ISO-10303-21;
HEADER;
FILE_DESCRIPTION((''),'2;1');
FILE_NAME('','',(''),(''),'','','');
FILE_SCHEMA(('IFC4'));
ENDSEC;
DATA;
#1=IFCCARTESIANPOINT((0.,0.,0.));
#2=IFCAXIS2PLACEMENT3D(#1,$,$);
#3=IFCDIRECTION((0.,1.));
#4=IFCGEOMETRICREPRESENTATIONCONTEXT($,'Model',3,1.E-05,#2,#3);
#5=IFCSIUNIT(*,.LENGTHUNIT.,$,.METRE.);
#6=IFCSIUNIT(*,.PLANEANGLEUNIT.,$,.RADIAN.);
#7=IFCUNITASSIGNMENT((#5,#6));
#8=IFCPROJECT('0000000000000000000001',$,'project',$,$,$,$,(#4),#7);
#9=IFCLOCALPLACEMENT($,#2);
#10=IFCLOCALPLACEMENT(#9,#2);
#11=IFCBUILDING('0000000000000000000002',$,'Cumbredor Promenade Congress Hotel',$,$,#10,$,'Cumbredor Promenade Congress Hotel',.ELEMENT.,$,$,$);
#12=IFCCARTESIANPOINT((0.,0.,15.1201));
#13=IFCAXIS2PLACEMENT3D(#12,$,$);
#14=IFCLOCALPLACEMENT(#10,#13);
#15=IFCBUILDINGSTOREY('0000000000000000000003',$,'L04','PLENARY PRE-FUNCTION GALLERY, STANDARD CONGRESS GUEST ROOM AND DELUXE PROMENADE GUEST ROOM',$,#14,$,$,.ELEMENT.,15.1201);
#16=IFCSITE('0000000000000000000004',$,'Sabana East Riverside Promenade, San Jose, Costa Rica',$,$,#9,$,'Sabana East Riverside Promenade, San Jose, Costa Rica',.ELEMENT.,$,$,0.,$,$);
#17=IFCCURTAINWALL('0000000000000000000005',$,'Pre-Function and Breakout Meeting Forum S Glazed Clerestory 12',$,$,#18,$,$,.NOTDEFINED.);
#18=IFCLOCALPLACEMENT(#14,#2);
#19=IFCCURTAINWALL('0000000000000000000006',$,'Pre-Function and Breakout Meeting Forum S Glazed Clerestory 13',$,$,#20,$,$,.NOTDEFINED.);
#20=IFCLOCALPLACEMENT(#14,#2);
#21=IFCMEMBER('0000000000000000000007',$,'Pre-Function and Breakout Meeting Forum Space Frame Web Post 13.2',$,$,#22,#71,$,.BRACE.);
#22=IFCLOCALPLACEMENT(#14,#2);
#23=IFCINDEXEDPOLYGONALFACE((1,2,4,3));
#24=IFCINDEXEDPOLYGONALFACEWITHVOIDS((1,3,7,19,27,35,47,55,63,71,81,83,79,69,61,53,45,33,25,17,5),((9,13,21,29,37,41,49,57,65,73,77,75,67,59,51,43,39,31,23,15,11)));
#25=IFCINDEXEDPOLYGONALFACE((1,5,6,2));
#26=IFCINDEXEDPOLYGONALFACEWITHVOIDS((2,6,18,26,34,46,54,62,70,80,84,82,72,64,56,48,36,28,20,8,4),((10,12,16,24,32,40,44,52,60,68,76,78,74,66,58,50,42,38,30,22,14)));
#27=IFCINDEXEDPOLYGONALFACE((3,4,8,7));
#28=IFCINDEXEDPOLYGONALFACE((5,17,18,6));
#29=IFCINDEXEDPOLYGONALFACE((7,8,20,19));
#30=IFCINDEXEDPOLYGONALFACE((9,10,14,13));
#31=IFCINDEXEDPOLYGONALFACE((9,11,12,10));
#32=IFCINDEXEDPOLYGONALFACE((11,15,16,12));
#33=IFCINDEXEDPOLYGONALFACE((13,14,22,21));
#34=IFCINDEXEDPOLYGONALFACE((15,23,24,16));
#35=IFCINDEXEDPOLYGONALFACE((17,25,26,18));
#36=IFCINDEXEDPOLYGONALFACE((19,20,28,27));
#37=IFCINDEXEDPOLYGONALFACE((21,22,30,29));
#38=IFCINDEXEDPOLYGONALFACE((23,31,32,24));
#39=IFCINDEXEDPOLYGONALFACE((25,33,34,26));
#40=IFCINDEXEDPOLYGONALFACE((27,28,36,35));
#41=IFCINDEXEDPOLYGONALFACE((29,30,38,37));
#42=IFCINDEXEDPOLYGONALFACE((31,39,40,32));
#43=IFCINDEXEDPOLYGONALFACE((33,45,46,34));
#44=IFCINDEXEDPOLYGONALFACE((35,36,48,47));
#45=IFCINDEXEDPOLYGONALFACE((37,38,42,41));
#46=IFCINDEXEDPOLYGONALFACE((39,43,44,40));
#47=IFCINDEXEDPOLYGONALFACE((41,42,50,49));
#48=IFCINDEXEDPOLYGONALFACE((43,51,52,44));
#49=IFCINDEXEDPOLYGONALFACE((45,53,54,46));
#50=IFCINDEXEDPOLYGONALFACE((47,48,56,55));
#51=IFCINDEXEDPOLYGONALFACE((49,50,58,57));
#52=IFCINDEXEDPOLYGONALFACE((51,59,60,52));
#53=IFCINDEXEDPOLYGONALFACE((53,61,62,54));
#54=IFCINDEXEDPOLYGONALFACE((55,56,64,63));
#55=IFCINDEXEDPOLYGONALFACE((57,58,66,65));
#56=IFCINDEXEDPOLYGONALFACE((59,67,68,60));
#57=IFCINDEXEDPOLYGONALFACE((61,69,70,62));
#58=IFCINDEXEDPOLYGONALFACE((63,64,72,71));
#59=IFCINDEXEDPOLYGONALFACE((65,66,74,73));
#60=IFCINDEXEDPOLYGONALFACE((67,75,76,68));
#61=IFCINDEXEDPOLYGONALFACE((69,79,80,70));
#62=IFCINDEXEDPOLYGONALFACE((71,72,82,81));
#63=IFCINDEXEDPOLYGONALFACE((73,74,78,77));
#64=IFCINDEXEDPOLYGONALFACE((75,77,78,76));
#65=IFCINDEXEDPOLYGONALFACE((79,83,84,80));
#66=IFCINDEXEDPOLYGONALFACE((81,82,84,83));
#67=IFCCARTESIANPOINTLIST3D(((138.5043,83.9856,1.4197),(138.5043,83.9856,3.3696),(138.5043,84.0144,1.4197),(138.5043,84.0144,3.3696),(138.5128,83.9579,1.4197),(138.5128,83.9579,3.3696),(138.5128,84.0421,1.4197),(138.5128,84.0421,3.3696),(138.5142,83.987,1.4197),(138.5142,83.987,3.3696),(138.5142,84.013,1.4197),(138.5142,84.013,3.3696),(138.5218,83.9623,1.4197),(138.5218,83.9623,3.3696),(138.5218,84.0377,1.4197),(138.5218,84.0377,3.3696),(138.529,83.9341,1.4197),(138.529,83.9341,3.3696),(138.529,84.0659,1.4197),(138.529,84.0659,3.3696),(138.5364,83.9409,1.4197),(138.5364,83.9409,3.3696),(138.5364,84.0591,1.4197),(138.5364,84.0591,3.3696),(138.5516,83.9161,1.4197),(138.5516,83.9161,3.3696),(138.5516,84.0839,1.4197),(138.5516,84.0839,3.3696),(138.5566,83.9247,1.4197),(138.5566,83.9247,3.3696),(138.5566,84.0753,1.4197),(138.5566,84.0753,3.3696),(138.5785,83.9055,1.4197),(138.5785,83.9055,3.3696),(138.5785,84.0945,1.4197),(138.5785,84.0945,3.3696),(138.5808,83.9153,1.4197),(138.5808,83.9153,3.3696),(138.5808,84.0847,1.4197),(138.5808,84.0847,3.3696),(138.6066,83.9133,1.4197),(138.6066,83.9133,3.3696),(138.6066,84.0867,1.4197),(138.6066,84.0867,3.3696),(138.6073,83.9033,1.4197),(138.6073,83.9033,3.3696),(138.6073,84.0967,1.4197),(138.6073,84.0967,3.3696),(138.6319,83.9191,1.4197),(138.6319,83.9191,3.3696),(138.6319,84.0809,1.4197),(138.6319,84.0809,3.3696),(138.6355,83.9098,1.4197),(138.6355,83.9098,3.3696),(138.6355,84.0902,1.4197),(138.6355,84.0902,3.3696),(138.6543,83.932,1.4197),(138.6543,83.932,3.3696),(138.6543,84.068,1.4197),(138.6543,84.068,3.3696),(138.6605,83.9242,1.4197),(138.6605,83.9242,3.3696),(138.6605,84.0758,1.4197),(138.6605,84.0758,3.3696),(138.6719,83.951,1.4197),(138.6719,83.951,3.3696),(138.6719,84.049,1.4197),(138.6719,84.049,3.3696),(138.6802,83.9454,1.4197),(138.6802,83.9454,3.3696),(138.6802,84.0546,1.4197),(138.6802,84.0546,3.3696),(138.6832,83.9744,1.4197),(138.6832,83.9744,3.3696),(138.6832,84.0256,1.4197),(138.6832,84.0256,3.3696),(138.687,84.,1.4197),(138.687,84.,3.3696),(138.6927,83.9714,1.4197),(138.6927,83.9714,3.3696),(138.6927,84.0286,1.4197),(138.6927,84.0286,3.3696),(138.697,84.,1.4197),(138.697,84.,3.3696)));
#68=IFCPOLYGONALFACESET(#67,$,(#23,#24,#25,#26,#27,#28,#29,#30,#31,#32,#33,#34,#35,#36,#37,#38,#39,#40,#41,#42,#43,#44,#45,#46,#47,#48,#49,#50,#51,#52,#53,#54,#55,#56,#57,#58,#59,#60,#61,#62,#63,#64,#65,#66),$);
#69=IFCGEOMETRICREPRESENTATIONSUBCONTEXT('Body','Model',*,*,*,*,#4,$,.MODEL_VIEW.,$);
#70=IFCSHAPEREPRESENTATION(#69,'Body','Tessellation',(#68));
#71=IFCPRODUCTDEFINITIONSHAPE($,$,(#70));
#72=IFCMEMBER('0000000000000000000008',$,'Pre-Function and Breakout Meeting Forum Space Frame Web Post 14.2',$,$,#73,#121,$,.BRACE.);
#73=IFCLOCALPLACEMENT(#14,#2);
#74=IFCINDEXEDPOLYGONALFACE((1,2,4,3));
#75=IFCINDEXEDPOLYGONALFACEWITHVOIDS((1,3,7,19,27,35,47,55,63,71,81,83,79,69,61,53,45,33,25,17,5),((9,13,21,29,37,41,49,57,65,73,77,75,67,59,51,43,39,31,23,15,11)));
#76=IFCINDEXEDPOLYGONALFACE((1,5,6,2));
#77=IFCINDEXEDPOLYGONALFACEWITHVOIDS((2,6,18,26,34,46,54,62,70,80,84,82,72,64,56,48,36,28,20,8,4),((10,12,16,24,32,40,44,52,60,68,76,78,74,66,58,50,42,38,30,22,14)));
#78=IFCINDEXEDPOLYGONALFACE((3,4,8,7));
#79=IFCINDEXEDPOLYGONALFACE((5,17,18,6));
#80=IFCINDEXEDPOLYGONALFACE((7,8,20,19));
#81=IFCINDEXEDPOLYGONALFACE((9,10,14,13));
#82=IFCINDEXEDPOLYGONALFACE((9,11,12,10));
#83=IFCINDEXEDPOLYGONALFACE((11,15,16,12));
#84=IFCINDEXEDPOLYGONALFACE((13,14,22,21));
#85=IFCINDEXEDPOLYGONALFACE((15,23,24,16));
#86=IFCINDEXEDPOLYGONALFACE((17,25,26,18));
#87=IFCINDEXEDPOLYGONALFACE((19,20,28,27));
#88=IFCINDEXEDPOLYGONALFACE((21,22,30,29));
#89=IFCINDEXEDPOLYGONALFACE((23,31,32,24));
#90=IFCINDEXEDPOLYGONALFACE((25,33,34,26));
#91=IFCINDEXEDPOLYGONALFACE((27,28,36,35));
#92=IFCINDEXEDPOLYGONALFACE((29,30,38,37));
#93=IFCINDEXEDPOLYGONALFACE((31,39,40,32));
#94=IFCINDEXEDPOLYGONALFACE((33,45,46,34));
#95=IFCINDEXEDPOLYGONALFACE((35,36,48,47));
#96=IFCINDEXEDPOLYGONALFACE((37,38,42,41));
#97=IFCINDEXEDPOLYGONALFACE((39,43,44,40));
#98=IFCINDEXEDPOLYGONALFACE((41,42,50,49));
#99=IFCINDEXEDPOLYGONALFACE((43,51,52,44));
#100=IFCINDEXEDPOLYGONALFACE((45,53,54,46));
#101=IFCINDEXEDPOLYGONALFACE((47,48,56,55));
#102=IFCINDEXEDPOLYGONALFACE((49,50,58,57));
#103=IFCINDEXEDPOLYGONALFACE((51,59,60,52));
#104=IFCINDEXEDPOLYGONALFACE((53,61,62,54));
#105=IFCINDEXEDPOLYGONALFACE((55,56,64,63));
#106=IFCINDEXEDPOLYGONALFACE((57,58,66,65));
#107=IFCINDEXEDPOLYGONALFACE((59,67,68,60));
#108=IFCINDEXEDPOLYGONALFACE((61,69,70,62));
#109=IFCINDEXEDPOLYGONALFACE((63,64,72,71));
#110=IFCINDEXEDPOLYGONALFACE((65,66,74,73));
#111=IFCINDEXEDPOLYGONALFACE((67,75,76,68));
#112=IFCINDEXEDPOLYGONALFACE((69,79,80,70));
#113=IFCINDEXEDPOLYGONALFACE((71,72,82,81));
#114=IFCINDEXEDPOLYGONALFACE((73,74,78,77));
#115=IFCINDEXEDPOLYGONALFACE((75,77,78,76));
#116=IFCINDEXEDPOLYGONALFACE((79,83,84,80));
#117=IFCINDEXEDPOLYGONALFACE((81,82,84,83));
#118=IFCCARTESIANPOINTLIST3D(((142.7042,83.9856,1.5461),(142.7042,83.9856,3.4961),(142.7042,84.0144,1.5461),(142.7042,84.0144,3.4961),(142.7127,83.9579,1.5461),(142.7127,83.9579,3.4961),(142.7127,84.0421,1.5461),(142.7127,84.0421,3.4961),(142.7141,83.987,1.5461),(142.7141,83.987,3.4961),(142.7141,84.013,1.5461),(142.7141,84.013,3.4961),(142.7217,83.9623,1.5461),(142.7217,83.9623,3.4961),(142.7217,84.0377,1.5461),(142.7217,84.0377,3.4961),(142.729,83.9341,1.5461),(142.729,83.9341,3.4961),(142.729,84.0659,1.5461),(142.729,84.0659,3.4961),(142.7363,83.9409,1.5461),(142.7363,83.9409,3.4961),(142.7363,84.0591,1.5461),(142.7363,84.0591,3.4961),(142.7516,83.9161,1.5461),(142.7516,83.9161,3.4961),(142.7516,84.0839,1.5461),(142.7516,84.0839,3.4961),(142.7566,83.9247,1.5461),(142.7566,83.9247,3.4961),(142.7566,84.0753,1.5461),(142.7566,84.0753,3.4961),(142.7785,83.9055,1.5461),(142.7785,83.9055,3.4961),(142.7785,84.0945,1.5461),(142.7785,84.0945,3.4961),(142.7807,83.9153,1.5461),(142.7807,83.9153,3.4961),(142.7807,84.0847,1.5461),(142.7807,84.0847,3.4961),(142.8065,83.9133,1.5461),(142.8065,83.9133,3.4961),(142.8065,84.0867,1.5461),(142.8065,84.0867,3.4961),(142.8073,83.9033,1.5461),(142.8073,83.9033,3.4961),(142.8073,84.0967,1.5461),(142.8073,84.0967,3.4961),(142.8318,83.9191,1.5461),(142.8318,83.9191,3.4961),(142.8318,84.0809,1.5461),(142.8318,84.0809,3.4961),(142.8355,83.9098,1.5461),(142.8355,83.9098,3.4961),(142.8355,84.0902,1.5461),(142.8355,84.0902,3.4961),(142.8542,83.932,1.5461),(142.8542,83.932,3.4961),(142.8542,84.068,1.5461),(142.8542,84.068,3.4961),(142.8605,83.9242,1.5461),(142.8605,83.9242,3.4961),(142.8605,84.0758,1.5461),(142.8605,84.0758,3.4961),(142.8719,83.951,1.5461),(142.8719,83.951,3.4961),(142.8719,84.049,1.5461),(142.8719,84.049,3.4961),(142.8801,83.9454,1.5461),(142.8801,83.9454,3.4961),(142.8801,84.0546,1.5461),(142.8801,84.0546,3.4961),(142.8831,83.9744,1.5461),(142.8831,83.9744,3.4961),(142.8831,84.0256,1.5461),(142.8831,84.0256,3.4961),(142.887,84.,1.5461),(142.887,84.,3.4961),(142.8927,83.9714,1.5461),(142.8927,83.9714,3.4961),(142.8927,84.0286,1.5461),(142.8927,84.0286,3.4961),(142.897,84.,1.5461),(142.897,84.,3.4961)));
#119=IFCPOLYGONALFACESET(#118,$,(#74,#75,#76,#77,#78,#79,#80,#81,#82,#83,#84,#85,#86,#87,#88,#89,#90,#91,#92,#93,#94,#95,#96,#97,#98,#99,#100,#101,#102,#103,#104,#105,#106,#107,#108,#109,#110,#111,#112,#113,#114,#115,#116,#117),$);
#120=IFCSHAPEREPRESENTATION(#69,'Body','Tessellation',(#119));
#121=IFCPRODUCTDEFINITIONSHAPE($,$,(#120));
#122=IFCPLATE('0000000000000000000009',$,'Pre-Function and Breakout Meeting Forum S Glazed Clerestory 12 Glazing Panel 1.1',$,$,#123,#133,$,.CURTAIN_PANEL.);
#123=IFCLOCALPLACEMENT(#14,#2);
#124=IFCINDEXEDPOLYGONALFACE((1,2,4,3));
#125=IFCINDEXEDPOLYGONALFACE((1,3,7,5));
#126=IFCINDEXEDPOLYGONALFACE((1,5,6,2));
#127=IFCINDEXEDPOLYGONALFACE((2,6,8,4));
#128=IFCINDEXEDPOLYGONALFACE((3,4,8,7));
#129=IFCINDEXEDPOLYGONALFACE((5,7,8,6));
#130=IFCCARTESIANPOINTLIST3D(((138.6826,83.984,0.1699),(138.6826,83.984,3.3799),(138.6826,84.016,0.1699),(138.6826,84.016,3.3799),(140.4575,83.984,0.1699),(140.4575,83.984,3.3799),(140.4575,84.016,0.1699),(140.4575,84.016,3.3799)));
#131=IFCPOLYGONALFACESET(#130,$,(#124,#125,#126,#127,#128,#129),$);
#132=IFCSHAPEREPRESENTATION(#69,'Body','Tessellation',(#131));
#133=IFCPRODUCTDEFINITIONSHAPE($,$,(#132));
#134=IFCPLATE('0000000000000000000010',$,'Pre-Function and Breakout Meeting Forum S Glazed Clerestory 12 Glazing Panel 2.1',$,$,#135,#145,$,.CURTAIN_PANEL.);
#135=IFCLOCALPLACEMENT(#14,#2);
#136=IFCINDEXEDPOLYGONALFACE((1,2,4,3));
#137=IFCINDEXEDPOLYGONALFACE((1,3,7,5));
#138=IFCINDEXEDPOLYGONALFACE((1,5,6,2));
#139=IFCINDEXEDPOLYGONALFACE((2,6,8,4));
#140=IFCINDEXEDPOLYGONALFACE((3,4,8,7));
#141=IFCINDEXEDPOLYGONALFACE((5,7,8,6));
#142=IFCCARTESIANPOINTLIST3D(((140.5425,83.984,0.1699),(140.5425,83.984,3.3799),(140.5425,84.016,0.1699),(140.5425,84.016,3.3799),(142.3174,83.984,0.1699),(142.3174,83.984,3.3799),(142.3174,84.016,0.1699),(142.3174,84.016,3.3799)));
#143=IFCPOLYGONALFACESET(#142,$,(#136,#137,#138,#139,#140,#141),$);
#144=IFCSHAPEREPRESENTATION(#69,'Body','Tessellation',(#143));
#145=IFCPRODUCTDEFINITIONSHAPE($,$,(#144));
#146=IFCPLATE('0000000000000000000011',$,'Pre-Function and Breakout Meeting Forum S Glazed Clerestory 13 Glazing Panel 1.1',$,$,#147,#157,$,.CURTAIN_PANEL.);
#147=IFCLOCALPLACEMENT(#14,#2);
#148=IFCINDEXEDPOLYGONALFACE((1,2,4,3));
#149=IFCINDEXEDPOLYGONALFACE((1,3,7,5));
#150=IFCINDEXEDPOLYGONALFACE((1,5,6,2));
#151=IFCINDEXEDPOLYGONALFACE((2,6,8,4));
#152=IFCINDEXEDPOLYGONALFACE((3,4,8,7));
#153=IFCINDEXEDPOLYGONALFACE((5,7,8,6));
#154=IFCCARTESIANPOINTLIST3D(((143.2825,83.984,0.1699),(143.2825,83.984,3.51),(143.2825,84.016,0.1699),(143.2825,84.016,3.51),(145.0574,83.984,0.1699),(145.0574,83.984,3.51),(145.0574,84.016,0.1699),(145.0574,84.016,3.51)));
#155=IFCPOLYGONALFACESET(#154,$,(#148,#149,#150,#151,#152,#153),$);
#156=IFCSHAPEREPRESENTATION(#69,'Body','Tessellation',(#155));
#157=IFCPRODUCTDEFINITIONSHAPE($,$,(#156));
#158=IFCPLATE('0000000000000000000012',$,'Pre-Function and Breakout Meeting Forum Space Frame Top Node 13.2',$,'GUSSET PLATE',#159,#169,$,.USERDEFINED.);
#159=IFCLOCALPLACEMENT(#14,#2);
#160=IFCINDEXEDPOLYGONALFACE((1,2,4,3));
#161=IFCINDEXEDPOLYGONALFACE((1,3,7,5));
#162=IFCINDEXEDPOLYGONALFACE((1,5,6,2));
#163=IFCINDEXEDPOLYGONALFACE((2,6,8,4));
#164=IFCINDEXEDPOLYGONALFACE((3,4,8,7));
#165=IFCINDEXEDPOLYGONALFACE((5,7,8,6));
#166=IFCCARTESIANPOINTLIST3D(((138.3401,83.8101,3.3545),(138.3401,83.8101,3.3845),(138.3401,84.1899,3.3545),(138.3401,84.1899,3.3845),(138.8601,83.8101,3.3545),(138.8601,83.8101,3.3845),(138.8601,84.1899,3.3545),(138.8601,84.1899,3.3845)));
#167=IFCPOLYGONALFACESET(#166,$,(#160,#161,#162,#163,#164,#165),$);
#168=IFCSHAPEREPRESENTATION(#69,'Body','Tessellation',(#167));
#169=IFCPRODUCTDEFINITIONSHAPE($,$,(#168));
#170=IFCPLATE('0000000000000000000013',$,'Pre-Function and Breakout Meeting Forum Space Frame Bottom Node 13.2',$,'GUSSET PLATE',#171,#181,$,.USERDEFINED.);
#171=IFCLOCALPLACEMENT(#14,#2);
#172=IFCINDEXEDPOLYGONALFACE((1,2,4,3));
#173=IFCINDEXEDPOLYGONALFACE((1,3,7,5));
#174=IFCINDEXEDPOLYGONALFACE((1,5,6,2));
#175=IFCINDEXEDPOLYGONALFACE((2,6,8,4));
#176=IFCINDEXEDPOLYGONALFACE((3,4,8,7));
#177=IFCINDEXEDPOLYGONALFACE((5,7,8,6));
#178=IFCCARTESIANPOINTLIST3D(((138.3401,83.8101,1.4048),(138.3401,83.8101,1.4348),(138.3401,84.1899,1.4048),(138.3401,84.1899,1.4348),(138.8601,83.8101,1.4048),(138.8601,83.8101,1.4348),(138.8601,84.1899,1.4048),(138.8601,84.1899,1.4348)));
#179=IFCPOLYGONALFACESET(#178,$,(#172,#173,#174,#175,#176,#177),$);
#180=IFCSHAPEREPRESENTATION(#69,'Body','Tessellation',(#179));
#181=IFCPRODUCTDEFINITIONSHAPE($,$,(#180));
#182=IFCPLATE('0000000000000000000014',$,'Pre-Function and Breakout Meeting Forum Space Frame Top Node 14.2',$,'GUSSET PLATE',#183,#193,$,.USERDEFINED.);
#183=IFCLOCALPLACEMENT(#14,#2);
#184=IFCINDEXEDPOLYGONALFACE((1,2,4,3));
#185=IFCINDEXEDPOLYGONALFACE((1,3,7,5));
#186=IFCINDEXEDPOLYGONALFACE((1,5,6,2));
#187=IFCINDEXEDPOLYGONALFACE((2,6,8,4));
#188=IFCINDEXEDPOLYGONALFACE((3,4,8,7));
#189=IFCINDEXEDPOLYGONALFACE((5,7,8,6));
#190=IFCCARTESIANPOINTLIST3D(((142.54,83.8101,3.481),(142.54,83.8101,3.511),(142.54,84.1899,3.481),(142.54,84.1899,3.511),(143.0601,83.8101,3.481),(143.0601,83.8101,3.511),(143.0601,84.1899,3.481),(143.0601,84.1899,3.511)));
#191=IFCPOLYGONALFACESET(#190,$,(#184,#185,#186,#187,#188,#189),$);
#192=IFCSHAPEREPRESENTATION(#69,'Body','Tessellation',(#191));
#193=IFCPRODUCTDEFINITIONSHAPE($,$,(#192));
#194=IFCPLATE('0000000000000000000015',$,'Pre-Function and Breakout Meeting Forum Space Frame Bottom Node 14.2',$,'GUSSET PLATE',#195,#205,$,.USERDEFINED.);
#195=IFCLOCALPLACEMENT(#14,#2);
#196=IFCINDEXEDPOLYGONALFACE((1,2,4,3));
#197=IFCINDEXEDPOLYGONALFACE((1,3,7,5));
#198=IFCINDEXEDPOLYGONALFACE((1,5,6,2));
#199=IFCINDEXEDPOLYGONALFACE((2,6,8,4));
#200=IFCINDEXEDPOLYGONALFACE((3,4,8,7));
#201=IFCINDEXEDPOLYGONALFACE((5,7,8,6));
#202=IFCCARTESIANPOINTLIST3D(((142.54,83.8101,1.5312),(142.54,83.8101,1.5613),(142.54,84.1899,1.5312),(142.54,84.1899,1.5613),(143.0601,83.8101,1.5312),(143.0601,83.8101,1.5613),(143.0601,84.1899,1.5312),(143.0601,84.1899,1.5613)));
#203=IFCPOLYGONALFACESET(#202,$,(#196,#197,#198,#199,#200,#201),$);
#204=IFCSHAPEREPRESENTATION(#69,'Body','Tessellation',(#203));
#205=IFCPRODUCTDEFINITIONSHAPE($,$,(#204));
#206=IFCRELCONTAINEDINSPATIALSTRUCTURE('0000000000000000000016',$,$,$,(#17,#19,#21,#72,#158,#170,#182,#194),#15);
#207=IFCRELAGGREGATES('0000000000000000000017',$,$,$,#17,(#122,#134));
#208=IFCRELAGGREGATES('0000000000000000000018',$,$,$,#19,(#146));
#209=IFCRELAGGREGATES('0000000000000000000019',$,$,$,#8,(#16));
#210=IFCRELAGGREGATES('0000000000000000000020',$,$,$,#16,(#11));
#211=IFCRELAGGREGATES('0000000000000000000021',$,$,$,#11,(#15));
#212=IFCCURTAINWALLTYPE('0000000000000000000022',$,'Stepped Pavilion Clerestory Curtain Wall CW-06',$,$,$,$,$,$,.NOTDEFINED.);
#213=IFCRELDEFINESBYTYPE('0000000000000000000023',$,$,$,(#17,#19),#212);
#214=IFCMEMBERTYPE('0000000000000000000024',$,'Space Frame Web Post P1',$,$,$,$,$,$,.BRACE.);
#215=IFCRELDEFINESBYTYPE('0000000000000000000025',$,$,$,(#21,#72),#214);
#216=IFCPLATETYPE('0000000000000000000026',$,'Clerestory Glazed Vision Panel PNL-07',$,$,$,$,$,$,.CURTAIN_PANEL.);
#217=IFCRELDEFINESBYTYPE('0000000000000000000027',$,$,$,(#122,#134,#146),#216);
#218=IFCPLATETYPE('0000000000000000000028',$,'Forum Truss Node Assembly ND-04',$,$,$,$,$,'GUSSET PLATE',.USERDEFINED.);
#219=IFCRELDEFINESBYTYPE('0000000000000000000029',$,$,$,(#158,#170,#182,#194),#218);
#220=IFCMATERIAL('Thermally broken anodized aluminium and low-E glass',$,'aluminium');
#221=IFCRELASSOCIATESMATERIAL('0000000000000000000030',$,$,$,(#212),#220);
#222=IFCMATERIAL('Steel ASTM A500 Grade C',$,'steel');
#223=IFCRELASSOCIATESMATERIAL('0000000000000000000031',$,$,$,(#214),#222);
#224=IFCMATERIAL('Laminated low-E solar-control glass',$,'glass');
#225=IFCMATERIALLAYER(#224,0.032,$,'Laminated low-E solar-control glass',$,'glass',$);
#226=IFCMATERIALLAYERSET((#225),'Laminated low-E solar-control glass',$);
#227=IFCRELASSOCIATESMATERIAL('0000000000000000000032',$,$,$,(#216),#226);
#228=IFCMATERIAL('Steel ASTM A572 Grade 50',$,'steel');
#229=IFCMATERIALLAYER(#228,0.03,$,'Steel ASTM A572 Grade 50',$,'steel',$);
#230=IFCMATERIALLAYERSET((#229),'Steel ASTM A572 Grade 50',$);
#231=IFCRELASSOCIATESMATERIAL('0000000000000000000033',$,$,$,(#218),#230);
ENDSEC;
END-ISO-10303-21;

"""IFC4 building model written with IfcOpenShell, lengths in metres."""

from ifc_helpers import new_model, si_unit, direction, frame, origin, origin_2d, place, context, subcontext, project, spatial, rectangle, hollow_circle, extrude, material, layer, layer_set, material_profile, profile_set, type_object, element, aggregate, save


model = new_model("IFC4")

# Units and contexts
model_context = context("Model", 3, precision=1e-05, world=origin(), true_north=direction((0.0, 1.0)))
body_context = subcontext(model_context, "Body", "Model", "MODEL_VIEW")
ifc_project = project(units=[si_unit("LENGTHUNIT", "METRE"), si_unit("PLANEANGLEUNIT", "RADIAN")], contexts=[model_context])

# Site, building, storey
site_placement = place(None, origin())
site = spatial("IfcSite", under=ifc_project, at=site_placement, Name="Sabana East Riverside Promenade, San Jose, Costa Rica", LongName="Sabana East Riverside Promenade, San Jose, Costa Rica", CompositionType="ELEMENT", RefElevation=0.0)
building_placement = place(site_placement, origin())
building = spatial("IfcBuilding", under=site, at=building_placement, Name="Cumbredor Promenade Congress Hotel", LongName="Cumbredor Promenade Congress Hotel", CompositionType="ELEMENT")
storey_placement = place(building_placement, frame((0.0, 0.0, 15.1201)))
storey = spatial("IfcBuildingStorey", under=building, at=storey_placement, Name="L04", Description="PLENARY PRE-FUNCTION GALLERY, STANDARD CONGRESS GUEST ROOM AND DELUXE PROMENADE GUEST ROOM", CompositionType="ELEMENT", Elevation=15.1201)

# Shared definitions
ifc_material_1 = material(Name="Thermally broken anodized aluminium and low-E glass", Category="aluminium")
curtain_wall_type = type_object("IfcCurtainWallType", Name="Stepped Pavilion Clerestory Curtain Wall CW-06", PredefinedType="NOTDEFINED", material=ifc_material_1)

# Curtain walls
curtain_wall_1_placement = place(storey_placement, origin())
curtain_wall_1 = element("IfcCurtainWall", 1, at=curtain_wall_1_placement, inside=storey, type_object=curtain_wall_type, Name="Pre-Function and Breakout Meeting Forum S Glazed Clerestory 12", PredefinedType="NOTDEFINED")
curtain_wall_2_placement = place(storey_placement, origin())
curtain_wall_2 = element("IfcCurtainWall", 2, at=curtain_wall_2_placement, inside=storey, type_object=curtain_wall_type, Name="Pre-Function and Breakout Meeting Forum S Glazed Clerestory 13", PredefinedType="NOTDEFINED")

# Members
ifc_material_2 = material(Name="Steel ASTM A500 Grade C", Category="steel")
ifc_material_profile_1 = material_profile(ifc_material_2, hollow_circle(Radius=0.0969, WallThickness=0.01, at=origin_2d()), Name="CHS 193.7x10")
ifc_profile_set_1 = profile_set([ifc_material_profile_1], Name="Steel ASTM A500 Grade C")
member_type_1 = type_object("IfcMemberType", Name="Space Frame Web Post P1", PredefinedType="BRACE", material=ifc_profile_set_1)
for number, where, z_axis, x_axis, name in (
    (3, (138.6001, 84.0, 1.4197), (0.0, 0.0, 1.0), (1.0, 0.0, 0.0), "Pre-Function and Breakout Meeting Forum Space Frame Web Post 13.2"),
    (4, (142.8, 84.0, 1.5461), (0.0, 0.0, 1.0), (1.0, 0.0, 0.0), "Pre-Function and Breakout Meeting Forum Space Frame Web Post 14.2"),
):
    element("IfcMember", number, at=place(storey_placement, frame(where, z_axis=z_axis, x_axis=x_axis)), inside=storey, type_object=member_type_1, Name=name, PredefinedType="BRACE", context=body_context, shape_type="SweptSolid", body=[
        extrude(hollow_circle(Radius=0.0969, WallThickness=0.01, at=origin_2d()), origin(), (0.0, 0.0, 1.0), 1.95),
    ])

# Plates
ifc_material_3 = material(Name="Laminated low-E solar-control glass", Category="glass")
ifc_layer_1 = layer(ifc_material_3, 0.032, Name="Laminated low-E solar-control glass", Category="glass")
ifc_layer_set_1 = layer_set([ifc_layer_1], Name="Laminated low-E solar-control glass")
plate_type_1 = type_object("IfcPlateType", Name="Clerestory Glazed Vision Panel PNL-07", PredefinedType="CURTAIN_PANEL", material=ifc_layer_set_1)
plate_1_placement = place(storey_placement, frame((139.5701, 84.0, 0.1699), z_axis=(0.0, 0.0, 1.0), x_axis=(1.0, 0.0, 0.0)))
plate_1 = element("IfcPlate", 5, at=plate_1_placement, type_object=plate_type_1, Name="Pre-Function and Breakout Meeting Forum S Glazed Clerestory 12 Glazing Panel 1.1", PredefinedType="CURTAIN_PANEL", context=body_context, shape_type="SweptSolid", body=[
    extrude(rectangle(XDim=1.7749, YDim=0.032, at=origin_2d()), origin(), (0.0, 0.0, 1.0), 3.21),
])
plate_2_placement = place(storey_placement, frame((141.4299, 84.0, 0.1699), z_axis=(0.0, 0.0, 1.0), x_axis=(1.0, 0.0, 0.0)))
plate_2 = element("IfcPlate", 6, at=plate_2_placement, type_object=plate_type_1, Name="Pre-Function and Breakout Meeting Forum S Glazed Clerestory 12 Glazing Panel 2.1", PredefinedType="CURTAIN_PANEL", context=body_context, shape_type="SweptSolid", body=[
    extrude(rectangle(XDim=1.7749, YDim=0.032, at=origin_2d()), origin(), (0.0, 0.0, 1.0), 3.21),
])
aggregate(curtain_wall_1, [plate_1, plate_2])
plate_3_placement = place(storey_placement, frame((144.1699, 84.0, 0.1699), z_axis=(0.0, 0.0, 1.0), x_axis=(1.0, 0.0, 0.0)))
plate_3 = element("IfcPlate", 7, at=plate_3_placement, type_object=plate_type_1, Name="Pre-Function and Breakout Meeting Forum S Glazed Clerestory 13 Glazing Panel 1.1", PredefinedType="CURTAIN_PANEL", context=body_context, shape_type="SweptSolid", body=[
    extrude(rectangle(XDim=1.7749, YDim=0.032, at=origin_2d()), origin(), (0.0, 0.0, 1.0), 3.3401),
])
aggregate(curtain_wall_2, [plate_3])

# Plates
ifc_material_4 = material(Name="Steel ASTM A572 Grade 50", Category="steel")
ifc_layer_2 = layer(ifc_material_4, 0.03, Name="Steel ASTM A572 Grade 50", Category="steel")
ifc_layer_set_2 = layer_set([ifc_layer_2], Name="Steel ASTM A572 Grade 50")
plate_type_2 = type_object("IfcPlateType", Name="Forum Truss Node Assembly ND-04", ElementType="GUSSET PLATE", PredefinedType="USERDEFINED", material=ifc_layer_set_2)
for number, where, z_axis, x_axis, name in (
    (8, (138.6001, 84.0, 3.3545), (0.0, 0.0, 1.0), (1.0, 0.0, 0.0), "Pre-Function and Breakout Meeting Forum Space Frame Top Node 13.2"),
    (9, (138.6001, 84.0, 1.4048), (0.0, 0.0, 1.0), (1.0, 0.0, 0.0), "Pre-Function and Breakout Meeting Forum Space Frame Bottom Node 13.2"),
    (10, (142.8, 84.0, 3.481), (0.0, 0.0, 1.0), (1.0, 0.0, 0.0), "Pre-Function and Breakout Meeting Forum Space Frame Top Node 14.2"),
    (11, (142.8, 84.0, 1.5312), (0.0, 0.0, 1.0), (1.0, 0.0, 0.0), "Pre-Function and Breakout Meeting Forum Space Frame Bottom Node 14.2"),
):
    element("IfcPlate", number, at=place(storey_placement, frame(where, z_axis=z_axis, x_axis=x_axis)), inside=storey, type_object=plate_type_2, Name=name, ObjectType="GUSSET PLATE", PredefinedType="USERDEFINED", context=body_context, shape_type="SweptSolid", body=[
        extrude(rectangle(XDim=0.52, YDim=0.3799, at=origin_2d()), origin(), (0.0, 0.0, 1.0), 0.03),
    ])

save(model, "model.ifc")
